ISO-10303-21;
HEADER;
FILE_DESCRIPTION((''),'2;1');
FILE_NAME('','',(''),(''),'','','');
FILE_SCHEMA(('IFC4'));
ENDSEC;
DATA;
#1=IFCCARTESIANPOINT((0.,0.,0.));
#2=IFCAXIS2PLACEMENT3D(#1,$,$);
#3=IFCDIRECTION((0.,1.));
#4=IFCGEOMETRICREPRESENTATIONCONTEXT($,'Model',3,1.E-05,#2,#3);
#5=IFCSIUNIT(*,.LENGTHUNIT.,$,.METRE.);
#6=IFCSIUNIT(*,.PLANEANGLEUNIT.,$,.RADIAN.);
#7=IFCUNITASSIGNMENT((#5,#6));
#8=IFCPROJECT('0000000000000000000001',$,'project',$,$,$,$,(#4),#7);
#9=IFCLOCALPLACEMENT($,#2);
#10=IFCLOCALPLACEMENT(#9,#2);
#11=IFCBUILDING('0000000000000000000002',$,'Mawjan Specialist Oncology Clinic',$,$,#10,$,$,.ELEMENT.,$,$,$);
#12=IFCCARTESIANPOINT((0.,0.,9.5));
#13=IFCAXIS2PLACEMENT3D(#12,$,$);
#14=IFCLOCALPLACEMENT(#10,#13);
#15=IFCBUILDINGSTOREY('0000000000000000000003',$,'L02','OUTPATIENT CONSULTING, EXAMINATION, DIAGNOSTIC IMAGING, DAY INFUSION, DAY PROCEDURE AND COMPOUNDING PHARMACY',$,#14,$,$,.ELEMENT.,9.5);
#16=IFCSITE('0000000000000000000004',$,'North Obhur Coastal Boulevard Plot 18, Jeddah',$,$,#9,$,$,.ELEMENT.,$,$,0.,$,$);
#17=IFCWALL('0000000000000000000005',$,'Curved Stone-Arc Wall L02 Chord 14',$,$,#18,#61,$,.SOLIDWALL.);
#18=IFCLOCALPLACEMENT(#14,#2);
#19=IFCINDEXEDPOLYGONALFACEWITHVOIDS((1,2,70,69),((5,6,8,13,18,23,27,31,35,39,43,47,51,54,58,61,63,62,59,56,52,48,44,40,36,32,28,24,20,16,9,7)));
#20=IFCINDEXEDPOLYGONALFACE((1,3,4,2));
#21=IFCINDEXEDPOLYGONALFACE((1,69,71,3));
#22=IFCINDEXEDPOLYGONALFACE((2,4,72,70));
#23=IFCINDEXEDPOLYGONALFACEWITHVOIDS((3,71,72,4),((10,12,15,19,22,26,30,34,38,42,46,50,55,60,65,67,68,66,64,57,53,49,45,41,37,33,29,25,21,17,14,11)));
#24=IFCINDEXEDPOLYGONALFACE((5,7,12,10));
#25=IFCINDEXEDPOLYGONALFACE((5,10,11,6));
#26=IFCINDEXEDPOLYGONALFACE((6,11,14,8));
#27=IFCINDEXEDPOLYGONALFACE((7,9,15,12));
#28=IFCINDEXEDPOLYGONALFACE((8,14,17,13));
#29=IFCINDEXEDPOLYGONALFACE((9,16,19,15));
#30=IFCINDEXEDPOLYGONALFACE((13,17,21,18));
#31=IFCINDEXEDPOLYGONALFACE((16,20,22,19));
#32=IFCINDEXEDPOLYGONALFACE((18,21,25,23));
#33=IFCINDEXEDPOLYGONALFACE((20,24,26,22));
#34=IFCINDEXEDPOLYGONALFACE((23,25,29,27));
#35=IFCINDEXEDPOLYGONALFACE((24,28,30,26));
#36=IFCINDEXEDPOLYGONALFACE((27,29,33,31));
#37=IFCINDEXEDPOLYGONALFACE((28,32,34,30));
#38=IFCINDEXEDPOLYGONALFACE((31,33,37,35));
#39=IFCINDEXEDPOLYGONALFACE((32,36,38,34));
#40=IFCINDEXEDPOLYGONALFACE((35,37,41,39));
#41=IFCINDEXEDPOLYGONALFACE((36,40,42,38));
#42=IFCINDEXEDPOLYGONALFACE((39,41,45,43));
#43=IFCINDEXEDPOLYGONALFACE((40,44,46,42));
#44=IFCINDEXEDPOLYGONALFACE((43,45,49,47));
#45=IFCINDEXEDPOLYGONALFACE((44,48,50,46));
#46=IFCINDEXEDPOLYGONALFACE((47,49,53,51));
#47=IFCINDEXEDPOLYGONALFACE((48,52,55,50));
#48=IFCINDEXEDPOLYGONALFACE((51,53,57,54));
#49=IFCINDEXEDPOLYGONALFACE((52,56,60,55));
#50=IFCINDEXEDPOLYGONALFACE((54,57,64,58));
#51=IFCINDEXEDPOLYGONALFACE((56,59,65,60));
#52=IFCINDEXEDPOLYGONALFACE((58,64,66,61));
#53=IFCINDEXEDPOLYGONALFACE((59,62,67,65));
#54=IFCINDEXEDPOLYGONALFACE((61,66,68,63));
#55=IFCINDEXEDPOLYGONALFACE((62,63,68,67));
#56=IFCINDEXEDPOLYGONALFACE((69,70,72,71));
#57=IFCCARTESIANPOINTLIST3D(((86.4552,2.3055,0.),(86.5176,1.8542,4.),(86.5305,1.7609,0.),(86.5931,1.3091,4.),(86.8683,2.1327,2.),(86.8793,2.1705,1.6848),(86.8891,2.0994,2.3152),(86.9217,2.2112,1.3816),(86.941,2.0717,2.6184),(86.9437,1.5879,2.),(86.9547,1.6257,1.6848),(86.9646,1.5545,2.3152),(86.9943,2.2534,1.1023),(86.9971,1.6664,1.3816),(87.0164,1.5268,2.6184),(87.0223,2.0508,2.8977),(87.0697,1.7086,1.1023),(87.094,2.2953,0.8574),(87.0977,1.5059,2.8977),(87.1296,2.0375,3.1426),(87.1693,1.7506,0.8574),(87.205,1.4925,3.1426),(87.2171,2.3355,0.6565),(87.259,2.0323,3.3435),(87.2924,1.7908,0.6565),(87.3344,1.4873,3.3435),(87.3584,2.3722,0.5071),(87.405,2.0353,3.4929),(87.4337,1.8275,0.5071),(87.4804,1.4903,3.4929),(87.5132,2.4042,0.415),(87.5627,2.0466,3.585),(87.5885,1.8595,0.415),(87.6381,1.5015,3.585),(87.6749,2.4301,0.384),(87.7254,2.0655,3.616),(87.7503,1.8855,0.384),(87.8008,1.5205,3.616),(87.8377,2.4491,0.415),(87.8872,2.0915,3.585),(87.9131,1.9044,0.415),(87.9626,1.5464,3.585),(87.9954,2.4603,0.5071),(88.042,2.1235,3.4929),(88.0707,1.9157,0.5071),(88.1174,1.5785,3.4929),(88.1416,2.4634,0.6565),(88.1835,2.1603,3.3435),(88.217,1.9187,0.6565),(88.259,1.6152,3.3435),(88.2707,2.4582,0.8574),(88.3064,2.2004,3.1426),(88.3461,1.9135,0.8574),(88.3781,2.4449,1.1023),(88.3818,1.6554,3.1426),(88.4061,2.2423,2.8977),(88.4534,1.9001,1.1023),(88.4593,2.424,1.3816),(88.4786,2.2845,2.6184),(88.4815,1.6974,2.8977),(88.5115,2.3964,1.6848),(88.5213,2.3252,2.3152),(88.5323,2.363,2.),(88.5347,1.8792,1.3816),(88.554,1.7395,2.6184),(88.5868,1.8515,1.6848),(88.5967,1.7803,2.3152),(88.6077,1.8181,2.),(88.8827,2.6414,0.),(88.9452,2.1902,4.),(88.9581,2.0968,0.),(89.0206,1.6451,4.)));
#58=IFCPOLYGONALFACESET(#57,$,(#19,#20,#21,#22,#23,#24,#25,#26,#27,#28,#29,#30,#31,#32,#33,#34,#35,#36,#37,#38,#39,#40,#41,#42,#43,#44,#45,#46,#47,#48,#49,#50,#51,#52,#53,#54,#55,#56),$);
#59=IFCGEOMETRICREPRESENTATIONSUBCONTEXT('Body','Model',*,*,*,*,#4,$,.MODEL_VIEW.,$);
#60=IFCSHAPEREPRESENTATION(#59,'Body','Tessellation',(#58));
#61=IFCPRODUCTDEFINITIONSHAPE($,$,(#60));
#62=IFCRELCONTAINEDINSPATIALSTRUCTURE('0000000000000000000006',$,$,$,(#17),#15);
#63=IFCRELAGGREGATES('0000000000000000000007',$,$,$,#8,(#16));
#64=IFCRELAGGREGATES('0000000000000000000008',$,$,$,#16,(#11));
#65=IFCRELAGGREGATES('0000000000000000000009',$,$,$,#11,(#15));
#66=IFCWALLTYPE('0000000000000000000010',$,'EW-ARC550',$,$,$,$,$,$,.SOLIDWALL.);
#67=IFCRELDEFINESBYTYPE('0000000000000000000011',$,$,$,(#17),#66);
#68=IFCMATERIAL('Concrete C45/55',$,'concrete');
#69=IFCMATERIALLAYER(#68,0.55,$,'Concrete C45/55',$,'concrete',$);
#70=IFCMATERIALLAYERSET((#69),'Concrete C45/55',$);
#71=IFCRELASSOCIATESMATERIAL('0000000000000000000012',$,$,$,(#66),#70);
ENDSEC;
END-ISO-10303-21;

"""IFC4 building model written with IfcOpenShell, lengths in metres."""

from ifc_helpers import new_model, si_unit, direction, frame, origin, place, context, subcontext, project, spatial, polyline, outline, extrude, material, layer, layer_set, type_object, element, save


model = new_model("IFC4")

# Units and contexts
model_context = context("Model", 3, precision=1e-05, world=origin(), true_north=direction((0.0, 1.0)))
body_context = subcontext(model_context, "Body", "Model", "MODEL_VIEW")
ifc_project = project(units=[si_unit("LENGTHUNIT", "METRE"), si_unit("PLANEANGLEUNIT", "RADIAN")], contexts=[model_context])

# Site, building, storey
site_placement = place(None, origin())
site = spatial("IfcSite", under=ifc_project, at=site_placement, Name="North Obhur Coastal Boulevard Plot 18, Jeddah", CompositionType="ELEMENT", RefElevation=0.0)
building_placement = place(site_placement, origin())
building = spatial("IfcBuilding", under=site, at=building_placement, Name="Mawjan Specialist Oncology Clinic", CompositionType="ELEMENT")
storey_placement = place(building_placement, frame((0.0, 0.0, 9.5)))
storey = spatial("IfcBuildingStorey", under=building, at=storey_placement, Name="L02", Description="OUTPATIENT CONSULTING, EXAMINATION, DIAGNOSTIC IMAGING, DAY INFUSION, DAY PROCEDURE AND COMPOUNDING PHARMACY", CompositionType="ELEMENT", Elevation=9.5)

# Wall, opening
ifc_material_1 = material(Name="Concrete C45/55", Category="concrete")
ifc_layer_1 = layer(ifc_material_1, 0.55, Name="Concrete C45/55", Category="concrete")
ifc_layer_set_1 = layer_set([ifc_layer_1], Name="Concrete C45/55")
wall_type = type_object("IfcWallType", Name="EW-ARC550", PredefinedType="SOLIDWALL", material=ifc_layer_set_1)
wall_1_placement = place(storey_placement, frame((88.9204, 2.3691, 0.0), z_axis=(0.0, 0.0, 1.0), x_axis=(-0.99056, -0.137082, 0.0)))
wall_1 = element("IfcWall", 1, at=wall_1_placement, inside=storey, type_object=wall_type, Name="Curved Stone-Arc Wall L02 Chord 14", PredefinedType="SOLIDWALL", context=body_context, shape_type="SweptSolid", body=[
    extrude(outline(polyline([(-0.2749, 0.0), (0.2749, 0.0), (0.731, 4.0), (0.1807, 4.0), (-0.2749, 0.0)])), frame((0.0, 0.0, 0.0), z_axis=(1.0, 0.0, 0.0), x_axis=(0.0, 1.0, 0.0)), (0.0, 0.0, 1.0), 2.4507),
])
opening_1_placement = place(wall_1_placement, origin())
element("IfcOpeningElement", 2, at=opening_1_placement, cuts=wall_1, PredefinedType="OPENING", context=body_context, shape_type="SweptSolid", body=[
    extrude(outline(polyline([(2.0652, 2.0), (2.0491, 2.3152), (2.0015, 2.6184), (1.9238, 2.8977), (1.8193, 3.1426), (1.6919, 3.3435), (1.5469, 3.4929), (1.3892, 3.585), (1.2253, 3.616), (1.0615, 3.585), (0.9038, 3.4929), (0.7585, 3.3435), (0.6313, 3.1426), (0.5269, 2.8977), (0.4492, 2.6184), (0.4014, 2.3152), (0.3853, 2.0), (0.4014, 1.6848), (0.4492, 1.3816), (0.5269, 1.1023), (0.6313, 0.8574), (0.7585, 0.6565), (0.9038, 0.5071), (1.0615, 0.415), (1.2253, 0.384), (1.3892, 0.415), (1.5469, 0.5071), (1.6919, 0.6565), (1.8193, 0.8574), (1.9238, 1.1023), (2.0015, 1.3816), (2.0491, 1.6848), (2.0652, 2.0)])), frame((0.0, 0.7507, 0.0), z_axis=(0.0, -1.0, 0.0), x_axis=(1.0, 0.0, 0.0)), (0.0, 0.0, 1.0), 1.0459),
])

save(model, "model.ifc")
